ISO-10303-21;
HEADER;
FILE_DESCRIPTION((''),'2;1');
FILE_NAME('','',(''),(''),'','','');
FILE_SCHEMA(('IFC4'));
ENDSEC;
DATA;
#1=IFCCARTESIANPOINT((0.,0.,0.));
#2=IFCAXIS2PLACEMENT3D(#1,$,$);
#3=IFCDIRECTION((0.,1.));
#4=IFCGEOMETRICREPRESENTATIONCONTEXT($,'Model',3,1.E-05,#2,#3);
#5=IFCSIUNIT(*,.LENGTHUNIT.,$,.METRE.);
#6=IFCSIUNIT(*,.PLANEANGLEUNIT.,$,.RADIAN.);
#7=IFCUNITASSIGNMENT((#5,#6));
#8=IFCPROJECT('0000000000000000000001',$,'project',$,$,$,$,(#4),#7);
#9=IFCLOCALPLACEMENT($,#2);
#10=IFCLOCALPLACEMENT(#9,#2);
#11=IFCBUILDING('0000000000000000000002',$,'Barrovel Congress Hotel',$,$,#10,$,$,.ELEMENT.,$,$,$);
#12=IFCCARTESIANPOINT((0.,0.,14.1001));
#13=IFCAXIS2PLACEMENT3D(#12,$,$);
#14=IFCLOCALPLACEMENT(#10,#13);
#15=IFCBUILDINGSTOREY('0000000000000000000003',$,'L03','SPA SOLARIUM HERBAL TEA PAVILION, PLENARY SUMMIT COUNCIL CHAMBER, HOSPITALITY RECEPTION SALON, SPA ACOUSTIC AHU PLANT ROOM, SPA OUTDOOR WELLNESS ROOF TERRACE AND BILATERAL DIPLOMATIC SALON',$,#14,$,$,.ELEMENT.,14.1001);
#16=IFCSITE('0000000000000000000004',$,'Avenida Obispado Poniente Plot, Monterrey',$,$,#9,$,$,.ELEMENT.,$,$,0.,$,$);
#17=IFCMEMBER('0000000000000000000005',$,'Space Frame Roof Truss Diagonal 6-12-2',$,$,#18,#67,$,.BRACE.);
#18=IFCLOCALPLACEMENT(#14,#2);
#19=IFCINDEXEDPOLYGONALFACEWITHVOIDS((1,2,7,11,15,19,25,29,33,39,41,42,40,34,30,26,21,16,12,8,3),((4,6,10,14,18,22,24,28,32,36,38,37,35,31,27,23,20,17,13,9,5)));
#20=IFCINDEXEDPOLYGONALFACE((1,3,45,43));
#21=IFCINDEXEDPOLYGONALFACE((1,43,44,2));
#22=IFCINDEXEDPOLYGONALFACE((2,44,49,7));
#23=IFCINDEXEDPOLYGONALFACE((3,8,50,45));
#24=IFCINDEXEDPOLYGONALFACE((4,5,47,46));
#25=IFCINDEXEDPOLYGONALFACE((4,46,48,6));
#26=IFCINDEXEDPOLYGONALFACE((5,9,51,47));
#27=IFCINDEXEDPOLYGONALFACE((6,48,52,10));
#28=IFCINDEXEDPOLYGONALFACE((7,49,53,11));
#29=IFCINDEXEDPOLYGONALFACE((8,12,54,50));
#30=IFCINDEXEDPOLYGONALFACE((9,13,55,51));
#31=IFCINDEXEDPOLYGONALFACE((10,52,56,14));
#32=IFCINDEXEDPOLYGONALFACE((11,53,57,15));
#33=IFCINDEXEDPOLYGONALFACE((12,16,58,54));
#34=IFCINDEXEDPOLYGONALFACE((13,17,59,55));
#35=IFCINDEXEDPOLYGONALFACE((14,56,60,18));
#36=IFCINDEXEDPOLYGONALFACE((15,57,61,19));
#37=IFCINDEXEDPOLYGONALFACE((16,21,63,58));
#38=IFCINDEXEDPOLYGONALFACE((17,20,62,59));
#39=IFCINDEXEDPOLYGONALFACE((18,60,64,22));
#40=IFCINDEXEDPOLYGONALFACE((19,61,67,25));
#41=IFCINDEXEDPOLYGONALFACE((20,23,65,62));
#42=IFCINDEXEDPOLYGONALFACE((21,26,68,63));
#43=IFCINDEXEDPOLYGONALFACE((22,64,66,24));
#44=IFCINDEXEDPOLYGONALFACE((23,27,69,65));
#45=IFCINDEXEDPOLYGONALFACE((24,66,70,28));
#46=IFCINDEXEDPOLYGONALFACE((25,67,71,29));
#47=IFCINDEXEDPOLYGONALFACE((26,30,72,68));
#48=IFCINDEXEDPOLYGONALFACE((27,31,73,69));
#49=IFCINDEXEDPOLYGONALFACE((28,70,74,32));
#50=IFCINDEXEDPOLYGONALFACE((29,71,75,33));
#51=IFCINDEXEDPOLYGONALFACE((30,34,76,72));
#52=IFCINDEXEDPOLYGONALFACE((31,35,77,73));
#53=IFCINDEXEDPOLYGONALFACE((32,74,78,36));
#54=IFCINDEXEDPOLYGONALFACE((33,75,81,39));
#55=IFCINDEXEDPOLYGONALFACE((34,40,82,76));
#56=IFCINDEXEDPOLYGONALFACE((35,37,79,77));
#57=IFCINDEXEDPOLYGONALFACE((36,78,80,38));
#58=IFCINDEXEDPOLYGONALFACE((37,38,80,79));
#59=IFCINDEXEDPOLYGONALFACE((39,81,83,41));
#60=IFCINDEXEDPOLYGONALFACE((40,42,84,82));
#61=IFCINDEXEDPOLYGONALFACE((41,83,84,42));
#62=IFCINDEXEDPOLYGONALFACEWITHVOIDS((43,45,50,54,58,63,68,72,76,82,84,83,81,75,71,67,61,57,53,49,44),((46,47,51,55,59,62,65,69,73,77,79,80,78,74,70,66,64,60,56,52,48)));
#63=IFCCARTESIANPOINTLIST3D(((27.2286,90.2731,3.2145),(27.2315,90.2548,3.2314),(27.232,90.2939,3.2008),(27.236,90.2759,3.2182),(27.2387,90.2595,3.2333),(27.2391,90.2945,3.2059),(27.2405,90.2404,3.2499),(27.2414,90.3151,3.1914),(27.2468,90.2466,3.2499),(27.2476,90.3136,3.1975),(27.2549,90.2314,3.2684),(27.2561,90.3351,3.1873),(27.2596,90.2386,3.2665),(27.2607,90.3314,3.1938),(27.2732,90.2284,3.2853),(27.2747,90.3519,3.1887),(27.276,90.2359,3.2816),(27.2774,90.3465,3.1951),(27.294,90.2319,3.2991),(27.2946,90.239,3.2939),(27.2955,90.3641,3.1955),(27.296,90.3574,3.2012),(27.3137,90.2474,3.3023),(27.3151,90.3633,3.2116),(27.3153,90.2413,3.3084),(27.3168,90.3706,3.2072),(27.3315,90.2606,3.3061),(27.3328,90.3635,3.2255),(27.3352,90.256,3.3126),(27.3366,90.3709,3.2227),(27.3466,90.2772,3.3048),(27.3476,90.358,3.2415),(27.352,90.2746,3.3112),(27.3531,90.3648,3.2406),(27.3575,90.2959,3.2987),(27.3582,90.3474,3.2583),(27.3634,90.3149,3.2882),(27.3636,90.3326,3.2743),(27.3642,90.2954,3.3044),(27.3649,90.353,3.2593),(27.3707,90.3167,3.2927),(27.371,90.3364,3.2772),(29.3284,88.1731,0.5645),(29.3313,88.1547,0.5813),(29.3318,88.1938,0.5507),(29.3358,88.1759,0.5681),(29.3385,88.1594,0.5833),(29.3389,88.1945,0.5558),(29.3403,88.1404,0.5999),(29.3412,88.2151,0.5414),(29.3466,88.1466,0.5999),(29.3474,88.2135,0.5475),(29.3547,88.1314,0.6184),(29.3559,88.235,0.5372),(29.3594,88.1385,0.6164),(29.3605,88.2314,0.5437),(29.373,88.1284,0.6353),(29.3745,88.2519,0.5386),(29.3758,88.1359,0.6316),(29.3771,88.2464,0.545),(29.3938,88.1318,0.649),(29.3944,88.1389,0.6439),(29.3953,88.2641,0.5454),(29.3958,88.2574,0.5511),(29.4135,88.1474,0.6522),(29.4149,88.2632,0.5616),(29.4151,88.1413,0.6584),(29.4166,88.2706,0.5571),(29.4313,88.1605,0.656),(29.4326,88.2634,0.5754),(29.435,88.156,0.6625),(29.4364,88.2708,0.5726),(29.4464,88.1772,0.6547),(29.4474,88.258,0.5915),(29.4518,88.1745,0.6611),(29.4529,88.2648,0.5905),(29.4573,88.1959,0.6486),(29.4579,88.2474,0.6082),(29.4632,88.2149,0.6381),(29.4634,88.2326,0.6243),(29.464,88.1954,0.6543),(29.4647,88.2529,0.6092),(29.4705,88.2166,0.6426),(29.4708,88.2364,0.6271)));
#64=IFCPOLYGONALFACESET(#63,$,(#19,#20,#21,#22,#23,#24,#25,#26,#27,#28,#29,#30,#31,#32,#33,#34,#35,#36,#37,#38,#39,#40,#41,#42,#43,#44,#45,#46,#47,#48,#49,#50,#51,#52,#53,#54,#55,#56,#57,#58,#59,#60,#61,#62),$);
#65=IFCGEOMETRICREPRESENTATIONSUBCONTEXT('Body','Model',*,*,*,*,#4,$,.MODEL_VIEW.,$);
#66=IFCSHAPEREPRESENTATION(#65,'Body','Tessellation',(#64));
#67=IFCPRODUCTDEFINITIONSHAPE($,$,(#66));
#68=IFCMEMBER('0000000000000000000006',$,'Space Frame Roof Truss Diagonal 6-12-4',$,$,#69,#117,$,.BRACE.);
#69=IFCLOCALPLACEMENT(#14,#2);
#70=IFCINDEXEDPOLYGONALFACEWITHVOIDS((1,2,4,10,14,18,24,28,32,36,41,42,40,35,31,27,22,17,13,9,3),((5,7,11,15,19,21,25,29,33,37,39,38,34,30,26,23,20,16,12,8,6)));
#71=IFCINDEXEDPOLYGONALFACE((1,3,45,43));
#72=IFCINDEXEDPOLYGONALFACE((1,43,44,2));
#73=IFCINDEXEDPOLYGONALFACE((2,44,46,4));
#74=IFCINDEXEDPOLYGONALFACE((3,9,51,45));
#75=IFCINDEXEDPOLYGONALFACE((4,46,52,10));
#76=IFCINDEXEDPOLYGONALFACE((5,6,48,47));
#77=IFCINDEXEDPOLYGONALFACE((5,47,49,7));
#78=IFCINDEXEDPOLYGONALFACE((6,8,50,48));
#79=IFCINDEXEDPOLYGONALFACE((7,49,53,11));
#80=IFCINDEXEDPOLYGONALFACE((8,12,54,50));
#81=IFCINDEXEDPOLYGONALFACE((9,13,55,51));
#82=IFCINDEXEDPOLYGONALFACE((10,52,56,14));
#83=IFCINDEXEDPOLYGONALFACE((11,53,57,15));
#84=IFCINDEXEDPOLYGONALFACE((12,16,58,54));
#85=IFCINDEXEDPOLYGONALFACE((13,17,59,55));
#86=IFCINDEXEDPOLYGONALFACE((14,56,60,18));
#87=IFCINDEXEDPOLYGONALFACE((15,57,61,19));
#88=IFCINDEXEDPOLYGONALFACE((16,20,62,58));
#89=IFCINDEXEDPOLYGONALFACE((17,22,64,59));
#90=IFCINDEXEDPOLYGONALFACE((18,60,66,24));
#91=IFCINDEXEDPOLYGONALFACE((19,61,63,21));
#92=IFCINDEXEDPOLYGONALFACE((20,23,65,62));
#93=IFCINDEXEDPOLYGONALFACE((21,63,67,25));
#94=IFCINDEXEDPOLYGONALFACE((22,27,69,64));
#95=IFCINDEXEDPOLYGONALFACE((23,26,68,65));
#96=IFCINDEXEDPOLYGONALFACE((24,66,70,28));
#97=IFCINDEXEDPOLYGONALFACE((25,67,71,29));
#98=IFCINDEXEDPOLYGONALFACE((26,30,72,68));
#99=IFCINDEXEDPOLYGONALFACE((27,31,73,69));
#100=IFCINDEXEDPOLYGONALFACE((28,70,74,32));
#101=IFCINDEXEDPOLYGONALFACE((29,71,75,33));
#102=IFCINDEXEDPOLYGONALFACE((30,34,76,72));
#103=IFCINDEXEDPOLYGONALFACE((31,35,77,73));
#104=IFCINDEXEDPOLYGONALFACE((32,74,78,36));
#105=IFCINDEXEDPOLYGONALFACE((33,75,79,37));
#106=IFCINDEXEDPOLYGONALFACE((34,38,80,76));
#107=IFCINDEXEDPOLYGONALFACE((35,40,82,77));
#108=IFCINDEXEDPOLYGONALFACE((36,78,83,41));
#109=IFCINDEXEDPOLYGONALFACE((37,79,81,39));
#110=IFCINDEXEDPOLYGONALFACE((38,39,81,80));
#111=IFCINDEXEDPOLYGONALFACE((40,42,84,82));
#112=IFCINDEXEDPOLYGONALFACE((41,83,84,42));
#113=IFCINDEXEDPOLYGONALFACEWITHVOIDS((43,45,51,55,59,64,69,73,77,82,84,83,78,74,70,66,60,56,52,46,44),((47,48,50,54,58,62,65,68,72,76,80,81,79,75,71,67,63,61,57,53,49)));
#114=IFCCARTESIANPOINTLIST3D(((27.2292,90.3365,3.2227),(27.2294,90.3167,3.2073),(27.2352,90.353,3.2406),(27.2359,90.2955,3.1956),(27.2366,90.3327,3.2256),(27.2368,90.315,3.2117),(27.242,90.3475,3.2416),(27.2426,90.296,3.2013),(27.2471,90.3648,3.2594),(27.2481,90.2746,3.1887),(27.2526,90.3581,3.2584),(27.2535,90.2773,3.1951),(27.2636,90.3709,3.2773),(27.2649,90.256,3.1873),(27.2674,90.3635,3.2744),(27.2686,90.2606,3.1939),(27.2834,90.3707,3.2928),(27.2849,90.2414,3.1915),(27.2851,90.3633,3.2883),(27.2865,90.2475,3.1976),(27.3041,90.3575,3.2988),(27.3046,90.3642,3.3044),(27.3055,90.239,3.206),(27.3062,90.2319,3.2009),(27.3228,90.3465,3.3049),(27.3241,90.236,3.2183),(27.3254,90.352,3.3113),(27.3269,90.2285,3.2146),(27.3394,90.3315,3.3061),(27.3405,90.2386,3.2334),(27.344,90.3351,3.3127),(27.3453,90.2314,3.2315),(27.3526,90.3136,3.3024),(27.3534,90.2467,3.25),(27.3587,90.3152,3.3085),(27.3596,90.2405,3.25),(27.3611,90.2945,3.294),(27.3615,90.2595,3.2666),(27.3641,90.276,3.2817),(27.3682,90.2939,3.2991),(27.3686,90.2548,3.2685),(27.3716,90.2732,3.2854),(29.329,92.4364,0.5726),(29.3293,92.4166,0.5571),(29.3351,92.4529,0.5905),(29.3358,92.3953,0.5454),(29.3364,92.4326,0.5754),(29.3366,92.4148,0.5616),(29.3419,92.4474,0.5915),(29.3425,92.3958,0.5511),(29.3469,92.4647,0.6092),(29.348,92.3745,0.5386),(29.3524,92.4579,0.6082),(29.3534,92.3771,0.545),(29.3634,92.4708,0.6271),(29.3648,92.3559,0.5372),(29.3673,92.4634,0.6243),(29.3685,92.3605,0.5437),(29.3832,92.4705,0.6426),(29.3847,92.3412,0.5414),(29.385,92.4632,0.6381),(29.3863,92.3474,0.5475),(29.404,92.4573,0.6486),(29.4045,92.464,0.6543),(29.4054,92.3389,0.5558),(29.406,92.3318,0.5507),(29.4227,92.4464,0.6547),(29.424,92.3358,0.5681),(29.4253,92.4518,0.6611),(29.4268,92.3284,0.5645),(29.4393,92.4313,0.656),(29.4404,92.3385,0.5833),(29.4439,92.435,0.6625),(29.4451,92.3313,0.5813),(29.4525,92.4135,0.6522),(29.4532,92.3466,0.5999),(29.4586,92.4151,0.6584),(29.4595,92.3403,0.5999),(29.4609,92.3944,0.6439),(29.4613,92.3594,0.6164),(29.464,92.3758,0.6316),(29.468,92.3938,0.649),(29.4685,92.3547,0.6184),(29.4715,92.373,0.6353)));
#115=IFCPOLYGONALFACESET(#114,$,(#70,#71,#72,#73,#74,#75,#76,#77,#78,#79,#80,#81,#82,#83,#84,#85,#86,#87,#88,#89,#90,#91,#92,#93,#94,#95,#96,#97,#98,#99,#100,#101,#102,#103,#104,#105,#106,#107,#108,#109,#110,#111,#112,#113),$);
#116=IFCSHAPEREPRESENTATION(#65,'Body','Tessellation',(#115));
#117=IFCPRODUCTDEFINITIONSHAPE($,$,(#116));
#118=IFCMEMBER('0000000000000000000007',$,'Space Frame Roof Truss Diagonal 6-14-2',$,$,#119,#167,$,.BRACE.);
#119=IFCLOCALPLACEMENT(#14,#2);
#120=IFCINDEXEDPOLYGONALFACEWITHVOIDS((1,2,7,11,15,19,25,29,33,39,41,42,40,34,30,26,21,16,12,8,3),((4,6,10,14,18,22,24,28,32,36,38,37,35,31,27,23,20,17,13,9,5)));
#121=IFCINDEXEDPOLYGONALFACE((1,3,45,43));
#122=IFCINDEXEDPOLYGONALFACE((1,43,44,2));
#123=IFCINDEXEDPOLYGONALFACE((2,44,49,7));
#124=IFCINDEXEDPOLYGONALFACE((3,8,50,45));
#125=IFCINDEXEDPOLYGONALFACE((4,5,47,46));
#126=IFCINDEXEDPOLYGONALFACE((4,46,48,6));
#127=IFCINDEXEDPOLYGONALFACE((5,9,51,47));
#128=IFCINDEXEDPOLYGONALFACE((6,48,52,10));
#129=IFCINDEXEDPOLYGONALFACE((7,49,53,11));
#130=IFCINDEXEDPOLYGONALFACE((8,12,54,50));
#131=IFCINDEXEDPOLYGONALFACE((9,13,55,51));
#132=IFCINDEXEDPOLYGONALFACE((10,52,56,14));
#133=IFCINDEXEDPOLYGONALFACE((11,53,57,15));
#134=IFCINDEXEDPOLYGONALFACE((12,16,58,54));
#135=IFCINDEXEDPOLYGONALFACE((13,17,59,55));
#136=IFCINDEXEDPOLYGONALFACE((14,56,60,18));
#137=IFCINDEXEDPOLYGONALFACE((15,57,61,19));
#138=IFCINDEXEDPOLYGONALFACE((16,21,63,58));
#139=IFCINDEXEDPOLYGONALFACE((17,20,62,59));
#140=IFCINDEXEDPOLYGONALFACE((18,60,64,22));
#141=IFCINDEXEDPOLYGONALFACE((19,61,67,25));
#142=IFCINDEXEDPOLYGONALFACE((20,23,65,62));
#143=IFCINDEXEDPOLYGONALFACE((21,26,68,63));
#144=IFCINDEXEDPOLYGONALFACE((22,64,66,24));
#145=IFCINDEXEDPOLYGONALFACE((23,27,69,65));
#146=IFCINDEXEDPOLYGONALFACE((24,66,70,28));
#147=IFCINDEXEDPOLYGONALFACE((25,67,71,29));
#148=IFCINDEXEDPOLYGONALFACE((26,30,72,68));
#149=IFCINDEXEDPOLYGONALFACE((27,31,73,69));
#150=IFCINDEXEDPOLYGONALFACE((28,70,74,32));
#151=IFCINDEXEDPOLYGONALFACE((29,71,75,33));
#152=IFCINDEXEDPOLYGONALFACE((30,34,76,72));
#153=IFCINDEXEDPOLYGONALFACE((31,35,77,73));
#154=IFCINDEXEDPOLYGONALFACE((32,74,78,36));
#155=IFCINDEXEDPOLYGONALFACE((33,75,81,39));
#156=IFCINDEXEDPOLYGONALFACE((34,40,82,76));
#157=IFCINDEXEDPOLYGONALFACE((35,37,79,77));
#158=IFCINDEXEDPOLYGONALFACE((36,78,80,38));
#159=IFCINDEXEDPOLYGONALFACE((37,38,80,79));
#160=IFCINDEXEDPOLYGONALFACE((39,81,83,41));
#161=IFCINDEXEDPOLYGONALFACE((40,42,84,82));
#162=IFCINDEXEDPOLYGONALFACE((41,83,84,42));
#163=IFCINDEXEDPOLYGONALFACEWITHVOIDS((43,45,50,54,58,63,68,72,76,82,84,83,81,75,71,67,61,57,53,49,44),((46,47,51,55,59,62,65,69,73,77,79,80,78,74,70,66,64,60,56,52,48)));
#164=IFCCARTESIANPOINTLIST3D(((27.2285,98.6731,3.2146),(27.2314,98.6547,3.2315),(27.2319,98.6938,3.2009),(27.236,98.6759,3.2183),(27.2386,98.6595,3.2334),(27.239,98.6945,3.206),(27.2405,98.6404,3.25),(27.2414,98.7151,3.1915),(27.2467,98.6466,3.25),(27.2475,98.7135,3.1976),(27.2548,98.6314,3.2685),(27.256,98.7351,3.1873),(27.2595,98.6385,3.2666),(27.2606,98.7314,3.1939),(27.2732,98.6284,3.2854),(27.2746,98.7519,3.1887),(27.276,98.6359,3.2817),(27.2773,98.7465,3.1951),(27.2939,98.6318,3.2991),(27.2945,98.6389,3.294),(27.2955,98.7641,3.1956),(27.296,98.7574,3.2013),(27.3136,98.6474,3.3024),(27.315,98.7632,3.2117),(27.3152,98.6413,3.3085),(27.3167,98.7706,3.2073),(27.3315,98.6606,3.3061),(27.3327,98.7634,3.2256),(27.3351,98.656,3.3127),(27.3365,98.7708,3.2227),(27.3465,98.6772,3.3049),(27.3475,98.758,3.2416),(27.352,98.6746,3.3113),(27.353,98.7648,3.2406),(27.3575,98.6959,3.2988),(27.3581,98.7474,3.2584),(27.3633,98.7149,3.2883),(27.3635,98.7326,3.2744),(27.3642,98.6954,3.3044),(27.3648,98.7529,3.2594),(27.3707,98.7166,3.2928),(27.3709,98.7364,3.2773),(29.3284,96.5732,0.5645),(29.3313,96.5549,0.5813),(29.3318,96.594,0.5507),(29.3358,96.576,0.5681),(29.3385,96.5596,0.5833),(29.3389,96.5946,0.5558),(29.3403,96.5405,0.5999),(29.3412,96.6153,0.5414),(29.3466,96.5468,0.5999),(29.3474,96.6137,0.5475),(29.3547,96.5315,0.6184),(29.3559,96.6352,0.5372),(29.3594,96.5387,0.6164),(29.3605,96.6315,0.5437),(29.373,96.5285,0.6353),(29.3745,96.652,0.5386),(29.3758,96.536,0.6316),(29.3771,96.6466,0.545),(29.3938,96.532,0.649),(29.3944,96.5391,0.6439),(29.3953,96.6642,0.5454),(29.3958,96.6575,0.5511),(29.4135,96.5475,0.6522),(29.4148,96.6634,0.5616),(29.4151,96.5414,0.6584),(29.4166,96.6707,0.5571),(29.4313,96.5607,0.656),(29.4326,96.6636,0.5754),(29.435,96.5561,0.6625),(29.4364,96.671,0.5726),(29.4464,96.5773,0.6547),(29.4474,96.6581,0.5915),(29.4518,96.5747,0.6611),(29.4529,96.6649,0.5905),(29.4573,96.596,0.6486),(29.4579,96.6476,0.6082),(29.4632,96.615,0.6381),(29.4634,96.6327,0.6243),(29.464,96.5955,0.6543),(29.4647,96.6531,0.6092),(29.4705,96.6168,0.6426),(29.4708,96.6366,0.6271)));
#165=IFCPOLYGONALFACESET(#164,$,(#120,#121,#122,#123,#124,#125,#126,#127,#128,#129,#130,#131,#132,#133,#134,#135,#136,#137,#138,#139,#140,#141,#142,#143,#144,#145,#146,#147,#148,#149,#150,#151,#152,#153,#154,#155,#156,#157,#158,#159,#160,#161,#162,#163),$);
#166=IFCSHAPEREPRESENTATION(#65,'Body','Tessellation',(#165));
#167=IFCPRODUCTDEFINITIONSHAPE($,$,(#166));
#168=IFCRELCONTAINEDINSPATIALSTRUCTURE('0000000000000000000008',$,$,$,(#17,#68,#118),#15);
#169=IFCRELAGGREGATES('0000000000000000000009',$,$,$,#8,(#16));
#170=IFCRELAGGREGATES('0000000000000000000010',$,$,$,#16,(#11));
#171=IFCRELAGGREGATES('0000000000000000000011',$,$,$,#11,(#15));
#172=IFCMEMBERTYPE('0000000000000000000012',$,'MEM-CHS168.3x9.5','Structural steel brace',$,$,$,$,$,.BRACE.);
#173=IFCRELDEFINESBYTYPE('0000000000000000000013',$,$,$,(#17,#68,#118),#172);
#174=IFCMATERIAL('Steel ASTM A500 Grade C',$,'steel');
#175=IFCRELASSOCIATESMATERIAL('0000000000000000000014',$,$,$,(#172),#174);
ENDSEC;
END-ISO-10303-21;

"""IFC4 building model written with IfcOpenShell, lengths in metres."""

from ifc_helpers import new_model, si_unit, direction, frame, origin, origin_2d, place, context, subcontext, project, spatial, hollow_circle, extrude, material, material_profile, profile_set, type_object, element, save


model = new_model("IFC4")

# Units and contexts
model_context = context("Model", 3, precision=1e-05, world=origin(), true_north=direction((0.0, 1.0)))
body_context = subcontext(model_context, "Body", "Model", "MODEL_VIEW")
ifc_project = project(units=[si_unit("LENGTHUNIT", "METRE"), si_unit("PLANEANGLEUNIT", "RADIAN")], contexts=[model_context])

# Site, building, storey
site_placement = place(None, origin())
site = spatial("IfcSite", under=ifc_project, at=site_placement, Name="Avenida Obispado Poniente Plot, Monterrey", CompositionType="ELEMENT", RefElevation=0.0)
building_placement = place(site_placement, origin())
building = spatial("IfcBuilding", under=site, at=building_placement, Name="Barrovel Congress Hotel", CompositionType="ELEMENT")
storey_placement = place(building_placement, frame((0.0, 0.0, 14.1001)))
storey = spatial("IfcBuildingStorey", under=building, at=storey_placement, Name="L03", Description="SPA SOLARIUM HERBAL TEA PAVILION, PLENARY SUMMIT COUNCIL CHAMBER, HOSPITALITY RECEPTION SALON, SPA ACOUSTIC AHU PLANT ROOM, SPA OUTDOOR WELLNESS ROOF TERRACE AND BILATERAL DIPLOMATIC SALON", CompositionType="ELEMENT", Elevation=14.1001)

# Members
ifc_material_1 = material(Name="Steel ASTM A500 Grade C", Category="steel")
ifc_material_profile_1 = material_profile(ifc_material_1, hollow_circle(Radius=0.0842, WallThickness=0.0088, at=origin_2d()), Name="CHS168.3x9.5")
ifc_profile_set_1 = profile_set([ifc_material_profile_1], Name="Steel ASTM A500 Grade C")
member_type_1 = type_object("IfcMemberType", Name="MEM-CHS168.3x9.5", Description="Structural steel brace", PredefinedType="BRACE", material=ifc_profile_set_1)
for number, where, z_axis, x_axis, name in (
    (1, (29.3999, 88.2, 0.5999), (-0.527557, 0.527618, 0.66581), (-0.707148, -0.707066, 0.0), "Space Frame Roof Truss Diagonal 6-12-2"),
    (2, (29.3999, 92.3999, 0.5999), (-0.527574, -0.527574, 0.665831), (0.707107, -0.707107, 0.0), "Space Frame Roof Truss Diagonal 6-12-4"),
    (3, (29.3999, 96.6001, 0.5999), (-0.527574, 0.527574, 0.665831), (-0.707107, -0.707107, 0.0), "Space Frame Roof Truss Diagonal 6-14-2"),
):
    element("IfcMember", number, at=place(storey_placement, frame(where, z_axis=z_axis, x_axis=x_axis)), inside=storey, type_object=member_type_1, Name=name, PredefinedType="BRACE", context=body_context, shape_type="SweptSolid", body=[
        extrude(hollow_circle(Radius=0.0842, WallThickness=0.0088, at=origin_2d()), origin(), (0.0, 0.0, 1.0), 3.9802),
    ])

save(model, "model.ifc")
